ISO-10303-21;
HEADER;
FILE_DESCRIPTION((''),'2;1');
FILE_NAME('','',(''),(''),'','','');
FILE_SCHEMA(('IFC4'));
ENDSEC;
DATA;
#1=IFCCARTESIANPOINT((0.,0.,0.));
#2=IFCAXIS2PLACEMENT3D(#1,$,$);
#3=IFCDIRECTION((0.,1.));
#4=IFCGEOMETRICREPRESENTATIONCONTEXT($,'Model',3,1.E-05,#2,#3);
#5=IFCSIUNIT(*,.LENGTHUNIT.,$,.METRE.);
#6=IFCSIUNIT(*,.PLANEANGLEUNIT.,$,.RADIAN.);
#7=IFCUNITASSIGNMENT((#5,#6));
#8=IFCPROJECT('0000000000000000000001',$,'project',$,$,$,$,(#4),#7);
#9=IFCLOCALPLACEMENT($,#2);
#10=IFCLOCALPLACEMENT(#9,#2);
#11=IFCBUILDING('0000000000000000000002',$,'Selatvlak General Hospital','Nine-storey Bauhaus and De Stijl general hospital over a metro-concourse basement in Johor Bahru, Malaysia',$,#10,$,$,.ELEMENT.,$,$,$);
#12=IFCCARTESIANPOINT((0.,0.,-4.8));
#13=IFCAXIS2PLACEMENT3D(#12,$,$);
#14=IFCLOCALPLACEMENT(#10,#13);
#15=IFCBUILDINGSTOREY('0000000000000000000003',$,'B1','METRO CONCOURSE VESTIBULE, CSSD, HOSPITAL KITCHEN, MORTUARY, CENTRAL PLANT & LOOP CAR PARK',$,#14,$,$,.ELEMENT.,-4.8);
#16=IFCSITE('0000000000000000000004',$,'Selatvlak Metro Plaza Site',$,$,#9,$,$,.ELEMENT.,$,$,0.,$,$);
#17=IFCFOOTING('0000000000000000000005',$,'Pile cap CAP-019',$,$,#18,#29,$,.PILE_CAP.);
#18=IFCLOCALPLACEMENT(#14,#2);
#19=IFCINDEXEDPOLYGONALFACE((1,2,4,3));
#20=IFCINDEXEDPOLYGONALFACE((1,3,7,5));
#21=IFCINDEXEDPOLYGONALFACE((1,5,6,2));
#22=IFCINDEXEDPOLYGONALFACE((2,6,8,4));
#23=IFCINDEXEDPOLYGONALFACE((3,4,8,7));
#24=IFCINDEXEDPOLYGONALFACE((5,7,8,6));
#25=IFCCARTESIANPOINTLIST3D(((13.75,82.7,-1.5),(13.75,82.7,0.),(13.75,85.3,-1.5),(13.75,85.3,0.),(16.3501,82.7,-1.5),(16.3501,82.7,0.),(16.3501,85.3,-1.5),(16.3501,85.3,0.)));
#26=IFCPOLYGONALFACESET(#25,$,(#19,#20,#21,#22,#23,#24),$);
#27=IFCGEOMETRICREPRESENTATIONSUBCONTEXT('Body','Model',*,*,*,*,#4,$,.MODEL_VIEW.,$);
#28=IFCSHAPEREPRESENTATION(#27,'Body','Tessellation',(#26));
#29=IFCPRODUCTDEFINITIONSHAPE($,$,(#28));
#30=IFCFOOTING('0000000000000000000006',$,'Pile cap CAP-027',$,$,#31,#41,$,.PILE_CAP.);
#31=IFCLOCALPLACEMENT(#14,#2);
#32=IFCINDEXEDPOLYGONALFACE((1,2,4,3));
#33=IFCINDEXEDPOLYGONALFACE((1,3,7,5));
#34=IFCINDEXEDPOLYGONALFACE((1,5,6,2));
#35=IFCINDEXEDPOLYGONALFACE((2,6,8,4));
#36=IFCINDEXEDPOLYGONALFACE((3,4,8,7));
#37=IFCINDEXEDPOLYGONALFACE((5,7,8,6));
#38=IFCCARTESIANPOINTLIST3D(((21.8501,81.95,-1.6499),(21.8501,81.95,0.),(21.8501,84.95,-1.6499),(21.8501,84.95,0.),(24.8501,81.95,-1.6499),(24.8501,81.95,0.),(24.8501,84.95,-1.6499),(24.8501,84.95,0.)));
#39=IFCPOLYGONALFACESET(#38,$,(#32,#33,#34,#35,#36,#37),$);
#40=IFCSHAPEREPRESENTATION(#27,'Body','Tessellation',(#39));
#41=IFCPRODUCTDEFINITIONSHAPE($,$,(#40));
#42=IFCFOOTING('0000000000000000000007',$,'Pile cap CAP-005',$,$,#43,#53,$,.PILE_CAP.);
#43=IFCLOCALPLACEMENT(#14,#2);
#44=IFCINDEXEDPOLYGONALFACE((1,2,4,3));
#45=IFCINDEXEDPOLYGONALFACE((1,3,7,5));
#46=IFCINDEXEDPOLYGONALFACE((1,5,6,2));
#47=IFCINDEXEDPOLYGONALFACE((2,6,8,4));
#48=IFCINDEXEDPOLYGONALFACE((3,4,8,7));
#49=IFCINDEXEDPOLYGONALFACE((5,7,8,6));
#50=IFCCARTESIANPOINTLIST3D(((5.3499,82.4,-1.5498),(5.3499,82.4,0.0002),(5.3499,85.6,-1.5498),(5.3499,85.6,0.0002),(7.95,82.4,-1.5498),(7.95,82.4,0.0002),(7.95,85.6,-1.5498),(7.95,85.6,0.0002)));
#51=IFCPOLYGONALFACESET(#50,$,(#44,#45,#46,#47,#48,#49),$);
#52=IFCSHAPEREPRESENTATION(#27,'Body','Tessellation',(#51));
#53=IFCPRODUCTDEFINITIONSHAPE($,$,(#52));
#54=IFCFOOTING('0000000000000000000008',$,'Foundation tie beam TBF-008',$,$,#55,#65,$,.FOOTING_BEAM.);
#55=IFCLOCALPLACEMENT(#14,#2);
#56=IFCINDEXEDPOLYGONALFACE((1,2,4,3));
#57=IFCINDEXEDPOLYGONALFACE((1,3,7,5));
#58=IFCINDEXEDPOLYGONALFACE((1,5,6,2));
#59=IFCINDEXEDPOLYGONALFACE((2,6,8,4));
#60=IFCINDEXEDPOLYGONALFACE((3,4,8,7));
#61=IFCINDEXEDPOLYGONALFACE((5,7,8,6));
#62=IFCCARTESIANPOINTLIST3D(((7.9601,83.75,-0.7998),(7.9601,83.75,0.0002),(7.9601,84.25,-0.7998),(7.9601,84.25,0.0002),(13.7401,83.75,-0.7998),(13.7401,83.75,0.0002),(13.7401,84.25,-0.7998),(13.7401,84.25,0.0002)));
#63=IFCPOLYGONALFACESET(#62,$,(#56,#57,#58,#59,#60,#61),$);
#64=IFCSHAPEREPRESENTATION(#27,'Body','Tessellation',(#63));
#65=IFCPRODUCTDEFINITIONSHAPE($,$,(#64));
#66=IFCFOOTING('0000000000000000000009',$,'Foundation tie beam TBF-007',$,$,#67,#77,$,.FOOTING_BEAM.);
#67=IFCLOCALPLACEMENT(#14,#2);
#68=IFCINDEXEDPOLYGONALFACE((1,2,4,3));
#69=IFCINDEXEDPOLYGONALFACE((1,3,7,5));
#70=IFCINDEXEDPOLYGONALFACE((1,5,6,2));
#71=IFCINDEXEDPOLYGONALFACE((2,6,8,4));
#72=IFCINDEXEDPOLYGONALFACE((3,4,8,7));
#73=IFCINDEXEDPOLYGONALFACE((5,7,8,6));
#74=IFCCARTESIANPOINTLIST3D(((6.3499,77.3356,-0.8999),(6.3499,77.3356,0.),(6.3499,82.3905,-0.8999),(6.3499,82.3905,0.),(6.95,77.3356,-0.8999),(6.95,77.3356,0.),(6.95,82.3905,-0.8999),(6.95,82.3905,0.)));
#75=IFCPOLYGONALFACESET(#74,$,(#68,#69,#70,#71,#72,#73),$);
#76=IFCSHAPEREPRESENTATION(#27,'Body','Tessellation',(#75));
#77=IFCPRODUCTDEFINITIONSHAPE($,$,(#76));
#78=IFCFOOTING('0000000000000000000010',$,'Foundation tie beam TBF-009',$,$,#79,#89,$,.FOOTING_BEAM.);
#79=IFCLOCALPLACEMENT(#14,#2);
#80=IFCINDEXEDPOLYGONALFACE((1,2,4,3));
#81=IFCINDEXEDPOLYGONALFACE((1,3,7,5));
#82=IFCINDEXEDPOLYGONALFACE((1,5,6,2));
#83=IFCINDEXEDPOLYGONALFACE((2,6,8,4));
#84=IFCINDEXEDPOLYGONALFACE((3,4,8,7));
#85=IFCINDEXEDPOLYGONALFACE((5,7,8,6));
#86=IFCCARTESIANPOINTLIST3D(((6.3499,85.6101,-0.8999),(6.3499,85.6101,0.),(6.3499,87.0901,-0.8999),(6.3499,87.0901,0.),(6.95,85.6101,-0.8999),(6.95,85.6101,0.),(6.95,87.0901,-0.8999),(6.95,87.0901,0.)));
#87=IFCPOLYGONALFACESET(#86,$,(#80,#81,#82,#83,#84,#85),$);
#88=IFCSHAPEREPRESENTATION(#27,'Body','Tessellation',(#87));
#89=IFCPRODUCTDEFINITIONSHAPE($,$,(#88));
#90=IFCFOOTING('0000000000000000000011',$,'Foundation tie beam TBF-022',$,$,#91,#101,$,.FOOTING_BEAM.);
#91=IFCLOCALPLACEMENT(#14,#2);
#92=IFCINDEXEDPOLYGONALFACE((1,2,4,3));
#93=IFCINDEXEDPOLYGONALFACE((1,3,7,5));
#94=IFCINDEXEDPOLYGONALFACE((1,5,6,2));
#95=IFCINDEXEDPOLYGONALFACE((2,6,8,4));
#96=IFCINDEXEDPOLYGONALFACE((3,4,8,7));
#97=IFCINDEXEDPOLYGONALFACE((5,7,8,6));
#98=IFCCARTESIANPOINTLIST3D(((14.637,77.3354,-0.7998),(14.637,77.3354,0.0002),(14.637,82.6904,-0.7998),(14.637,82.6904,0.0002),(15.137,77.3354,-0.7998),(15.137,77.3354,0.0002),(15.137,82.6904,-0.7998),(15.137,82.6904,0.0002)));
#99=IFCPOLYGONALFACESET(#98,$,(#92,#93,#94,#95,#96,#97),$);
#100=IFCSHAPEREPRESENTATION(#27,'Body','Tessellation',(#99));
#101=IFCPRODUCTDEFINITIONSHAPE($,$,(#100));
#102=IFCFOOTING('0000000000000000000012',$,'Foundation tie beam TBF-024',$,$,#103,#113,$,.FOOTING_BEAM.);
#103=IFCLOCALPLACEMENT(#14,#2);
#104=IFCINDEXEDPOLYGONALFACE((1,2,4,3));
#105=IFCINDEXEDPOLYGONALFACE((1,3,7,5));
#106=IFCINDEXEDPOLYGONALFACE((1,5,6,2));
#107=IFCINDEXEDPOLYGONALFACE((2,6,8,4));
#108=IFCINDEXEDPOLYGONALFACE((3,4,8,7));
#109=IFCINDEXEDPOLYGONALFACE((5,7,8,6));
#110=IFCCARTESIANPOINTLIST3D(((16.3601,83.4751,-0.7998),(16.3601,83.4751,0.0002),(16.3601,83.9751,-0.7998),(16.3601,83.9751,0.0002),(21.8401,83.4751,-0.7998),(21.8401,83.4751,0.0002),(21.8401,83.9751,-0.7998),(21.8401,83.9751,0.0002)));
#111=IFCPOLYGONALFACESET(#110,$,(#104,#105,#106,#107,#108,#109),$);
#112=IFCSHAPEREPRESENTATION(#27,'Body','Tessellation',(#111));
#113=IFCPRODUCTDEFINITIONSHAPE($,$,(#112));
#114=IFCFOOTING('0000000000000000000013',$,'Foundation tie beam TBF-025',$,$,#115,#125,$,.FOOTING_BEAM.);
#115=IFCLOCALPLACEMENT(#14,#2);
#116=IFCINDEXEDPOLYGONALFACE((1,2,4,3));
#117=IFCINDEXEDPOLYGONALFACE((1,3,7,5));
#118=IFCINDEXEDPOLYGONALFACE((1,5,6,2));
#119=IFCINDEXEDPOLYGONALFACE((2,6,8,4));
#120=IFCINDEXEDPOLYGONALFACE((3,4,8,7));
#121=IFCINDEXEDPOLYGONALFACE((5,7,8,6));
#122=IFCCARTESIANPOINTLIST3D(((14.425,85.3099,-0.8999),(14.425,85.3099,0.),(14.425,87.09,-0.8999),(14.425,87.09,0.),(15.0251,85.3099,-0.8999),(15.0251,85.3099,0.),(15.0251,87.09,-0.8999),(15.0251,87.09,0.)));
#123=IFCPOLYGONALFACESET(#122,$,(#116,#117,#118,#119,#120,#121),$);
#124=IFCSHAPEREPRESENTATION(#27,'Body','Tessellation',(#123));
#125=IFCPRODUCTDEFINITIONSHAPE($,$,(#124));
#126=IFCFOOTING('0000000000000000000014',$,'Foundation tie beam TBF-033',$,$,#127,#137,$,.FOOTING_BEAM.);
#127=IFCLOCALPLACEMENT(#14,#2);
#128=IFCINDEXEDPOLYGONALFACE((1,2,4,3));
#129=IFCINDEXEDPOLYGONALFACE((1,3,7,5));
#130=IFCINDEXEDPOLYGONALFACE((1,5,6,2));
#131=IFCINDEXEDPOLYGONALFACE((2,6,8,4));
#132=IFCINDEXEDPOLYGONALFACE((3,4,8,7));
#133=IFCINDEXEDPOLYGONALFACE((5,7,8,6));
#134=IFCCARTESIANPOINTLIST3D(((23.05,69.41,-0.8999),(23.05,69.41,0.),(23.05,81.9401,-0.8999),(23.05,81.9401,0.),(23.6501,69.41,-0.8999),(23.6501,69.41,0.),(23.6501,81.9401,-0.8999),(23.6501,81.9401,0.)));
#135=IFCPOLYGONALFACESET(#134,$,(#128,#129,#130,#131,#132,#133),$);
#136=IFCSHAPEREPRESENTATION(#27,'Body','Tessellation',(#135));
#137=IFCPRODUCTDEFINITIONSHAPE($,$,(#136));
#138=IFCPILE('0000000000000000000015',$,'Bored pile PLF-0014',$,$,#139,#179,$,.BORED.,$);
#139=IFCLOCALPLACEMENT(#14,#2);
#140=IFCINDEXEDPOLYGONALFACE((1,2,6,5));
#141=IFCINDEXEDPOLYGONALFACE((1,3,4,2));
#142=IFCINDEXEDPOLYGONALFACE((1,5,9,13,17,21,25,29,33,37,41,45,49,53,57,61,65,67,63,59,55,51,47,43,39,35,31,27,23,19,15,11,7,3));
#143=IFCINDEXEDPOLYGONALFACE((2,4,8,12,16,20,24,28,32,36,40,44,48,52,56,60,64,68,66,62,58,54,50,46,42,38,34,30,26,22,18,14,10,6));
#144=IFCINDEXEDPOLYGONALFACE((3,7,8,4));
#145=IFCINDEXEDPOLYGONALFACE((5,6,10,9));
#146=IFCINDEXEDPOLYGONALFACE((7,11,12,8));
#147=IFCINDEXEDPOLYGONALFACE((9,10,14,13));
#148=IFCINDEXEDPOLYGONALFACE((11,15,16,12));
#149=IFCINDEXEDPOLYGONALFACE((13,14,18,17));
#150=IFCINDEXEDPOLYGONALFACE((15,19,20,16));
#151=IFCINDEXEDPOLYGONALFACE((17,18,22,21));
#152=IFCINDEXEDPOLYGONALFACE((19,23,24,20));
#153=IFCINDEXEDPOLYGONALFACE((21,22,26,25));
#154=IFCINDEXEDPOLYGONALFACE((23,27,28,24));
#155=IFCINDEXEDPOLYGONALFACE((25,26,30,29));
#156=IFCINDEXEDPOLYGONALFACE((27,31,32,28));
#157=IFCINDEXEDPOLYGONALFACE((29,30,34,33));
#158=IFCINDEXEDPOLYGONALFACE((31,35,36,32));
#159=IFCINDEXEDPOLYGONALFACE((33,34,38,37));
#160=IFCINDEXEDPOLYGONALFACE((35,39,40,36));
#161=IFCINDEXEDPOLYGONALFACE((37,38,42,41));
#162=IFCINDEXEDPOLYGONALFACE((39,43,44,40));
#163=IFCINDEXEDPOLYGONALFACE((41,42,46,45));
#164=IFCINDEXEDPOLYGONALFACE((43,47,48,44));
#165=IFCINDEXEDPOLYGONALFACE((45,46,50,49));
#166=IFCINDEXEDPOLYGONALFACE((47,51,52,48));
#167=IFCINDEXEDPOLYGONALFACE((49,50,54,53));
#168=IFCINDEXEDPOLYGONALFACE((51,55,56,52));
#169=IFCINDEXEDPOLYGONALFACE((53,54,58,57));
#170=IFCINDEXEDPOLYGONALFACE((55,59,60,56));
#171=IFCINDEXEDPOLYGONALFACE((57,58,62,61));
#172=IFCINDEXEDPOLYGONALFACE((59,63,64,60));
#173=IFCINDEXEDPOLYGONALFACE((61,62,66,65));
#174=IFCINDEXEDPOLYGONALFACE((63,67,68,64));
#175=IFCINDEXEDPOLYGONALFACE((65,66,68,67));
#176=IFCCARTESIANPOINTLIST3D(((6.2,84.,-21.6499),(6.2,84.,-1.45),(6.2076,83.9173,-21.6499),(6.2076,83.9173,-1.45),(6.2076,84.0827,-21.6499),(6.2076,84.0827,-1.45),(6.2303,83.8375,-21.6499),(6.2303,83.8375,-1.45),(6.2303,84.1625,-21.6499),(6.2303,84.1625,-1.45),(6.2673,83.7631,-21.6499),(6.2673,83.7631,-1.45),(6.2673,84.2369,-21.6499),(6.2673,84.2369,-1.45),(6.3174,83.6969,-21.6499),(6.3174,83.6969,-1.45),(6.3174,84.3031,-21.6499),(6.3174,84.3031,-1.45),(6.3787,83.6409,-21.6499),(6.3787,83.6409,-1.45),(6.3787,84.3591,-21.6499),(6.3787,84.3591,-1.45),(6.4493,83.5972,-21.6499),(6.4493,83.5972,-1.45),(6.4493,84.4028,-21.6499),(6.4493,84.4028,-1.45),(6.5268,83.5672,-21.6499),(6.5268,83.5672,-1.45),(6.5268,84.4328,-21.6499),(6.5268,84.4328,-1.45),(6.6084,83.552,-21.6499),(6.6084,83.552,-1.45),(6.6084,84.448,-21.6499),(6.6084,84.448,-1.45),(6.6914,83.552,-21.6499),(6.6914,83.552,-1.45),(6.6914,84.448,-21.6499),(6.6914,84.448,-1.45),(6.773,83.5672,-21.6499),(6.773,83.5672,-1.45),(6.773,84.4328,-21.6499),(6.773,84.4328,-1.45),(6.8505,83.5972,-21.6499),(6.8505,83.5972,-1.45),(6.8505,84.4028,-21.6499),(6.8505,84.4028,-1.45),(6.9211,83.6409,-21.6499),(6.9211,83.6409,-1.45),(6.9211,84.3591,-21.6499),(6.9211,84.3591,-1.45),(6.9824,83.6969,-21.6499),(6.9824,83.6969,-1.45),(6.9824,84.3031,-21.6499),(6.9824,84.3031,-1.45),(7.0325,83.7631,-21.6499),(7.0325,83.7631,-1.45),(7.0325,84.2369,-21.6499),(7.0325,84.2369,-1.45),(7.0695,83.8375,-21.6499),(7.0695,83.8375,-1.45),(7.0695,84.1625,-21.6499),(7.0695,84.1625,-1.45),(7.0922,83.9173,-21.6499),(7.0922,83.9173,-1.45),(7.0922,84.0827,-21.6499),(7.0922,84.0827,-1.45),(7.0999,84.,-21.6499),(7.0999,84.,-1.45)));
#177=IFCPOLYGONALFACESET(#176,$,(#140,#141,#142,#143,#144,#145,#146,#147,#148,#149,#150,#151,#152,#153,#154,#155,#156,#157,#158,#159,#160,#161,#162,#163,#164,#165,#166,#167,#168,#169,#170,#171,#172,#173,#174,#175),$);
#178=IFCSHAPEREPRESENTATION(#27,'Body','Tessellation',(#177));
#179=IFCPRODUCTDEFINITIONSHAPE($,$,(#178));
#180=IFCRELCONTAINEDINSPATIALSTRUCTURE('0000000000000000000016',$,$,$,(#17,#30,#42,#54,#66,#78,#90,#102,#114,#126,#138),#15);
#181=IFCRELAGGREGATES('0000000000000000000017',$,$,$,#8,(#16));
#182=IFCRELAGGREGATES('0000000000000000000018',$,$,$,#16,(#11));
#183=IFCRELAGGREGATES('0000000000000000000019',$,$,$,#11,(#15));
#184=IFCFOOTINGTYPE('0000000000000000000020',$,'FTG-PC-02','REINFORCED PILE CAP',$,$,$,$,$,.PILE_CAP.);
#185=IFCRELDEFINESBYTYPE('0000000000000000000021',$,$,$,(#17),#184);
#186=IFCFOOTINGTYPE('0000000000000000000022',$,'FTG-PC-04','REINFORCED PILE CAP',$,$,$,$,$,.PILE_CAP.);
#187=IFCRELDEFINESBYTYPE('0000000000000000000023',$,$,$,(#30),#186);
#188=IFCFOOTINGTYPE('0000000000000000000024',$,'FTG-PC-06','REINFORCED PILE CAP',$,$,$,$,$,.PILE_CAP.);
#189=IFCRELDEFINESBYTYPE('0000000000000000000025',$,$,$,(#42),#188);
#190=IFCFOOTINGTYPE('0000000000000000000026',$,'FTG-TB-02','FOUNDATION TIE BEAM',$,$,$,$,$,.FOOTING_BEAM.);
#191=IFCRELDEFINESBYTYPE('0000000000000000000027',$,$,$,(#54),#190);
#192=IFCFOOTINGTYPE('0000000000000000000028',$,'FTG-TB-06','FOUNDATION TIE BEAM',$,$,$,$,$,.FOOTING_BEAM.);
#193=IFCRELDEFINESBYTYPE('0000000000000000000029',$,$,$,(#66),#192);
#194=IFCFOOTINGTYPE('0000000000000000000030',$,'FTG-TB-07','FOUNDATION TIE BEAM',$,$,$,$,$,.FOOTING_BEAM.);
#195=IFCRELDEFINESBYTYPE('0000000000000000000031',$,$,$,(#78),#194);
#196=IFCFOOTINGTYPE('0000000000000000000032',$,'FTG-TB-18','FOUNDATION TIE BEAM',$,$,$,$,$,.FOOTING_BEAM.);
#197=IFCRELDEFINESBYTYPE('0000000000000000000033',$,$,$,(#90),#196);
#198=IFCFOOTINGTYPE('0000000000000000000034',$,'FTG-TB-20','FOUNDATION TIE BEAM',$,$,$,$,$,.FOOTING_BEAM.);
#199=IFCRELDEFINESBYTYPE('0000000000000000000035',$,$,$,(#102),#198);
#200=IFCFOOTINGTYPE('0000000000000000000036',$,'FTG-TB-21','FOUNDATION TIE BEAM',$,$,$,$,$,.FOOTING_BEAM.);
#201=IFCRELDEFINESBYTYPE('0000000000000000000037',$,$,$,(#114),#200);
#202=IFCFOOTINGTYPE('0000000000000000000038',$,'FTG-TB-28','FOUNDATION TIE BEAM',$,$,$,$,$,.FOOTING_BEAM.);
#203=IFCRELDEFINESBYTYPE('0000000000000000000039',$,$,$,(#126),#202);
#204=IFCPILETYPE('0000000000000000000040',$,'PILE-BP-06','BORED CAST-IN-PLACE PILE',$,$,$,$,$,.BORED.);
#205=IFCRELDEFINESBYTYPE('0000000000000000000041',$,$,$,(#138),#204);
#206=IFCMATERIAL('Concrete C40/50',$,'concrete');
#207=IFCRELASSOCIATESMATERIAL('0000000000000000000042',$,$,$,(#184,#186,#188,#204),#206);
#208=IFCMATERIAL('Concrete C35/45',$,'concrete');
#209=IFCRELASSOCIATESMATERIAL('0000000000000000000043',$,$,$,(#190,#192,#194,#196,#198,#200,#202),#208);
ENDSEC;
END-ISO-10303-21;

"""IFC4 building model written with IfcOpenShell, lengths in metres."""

from ifc_helpers import new_model, si_unit, direction, frame, origin, origin_2d, place, context, subcontext, project, spatial, rectangle, circle, extrude, material, material_profile, profile_set, type_object, element, save


model = new_model("IFC4")

# Units and contexts
model_context = context("Model", 3, precision=1e-05, world=origin(), true_north=direction((0.0, 1.0)))
body_context = subcontext(model_context, "Body", "Model", "MODEL_VIEW")
ifc_project = project(units=[si_unit("LENGTHUNIT", "METRE"), si_unit("PLANEANGLEUNIT", "RADIAN")], contexts=[model_context])

# Site, building, storey
site_placement = place(None, origin())
site = spatial("IfcSite", under=ifc_project, at=site_placement, Name="Selatvlak Metro Plaza Site", CompositionType="ELEMENT", RefElevation=0.0)
building_placement = place(site_placement, origin())
building = spatial("IfcBuilding", under=site, at=building_placement, Name="Selatvlak General Hospital", Description="Nine-storey Bauhaus and De Stijl general hospital over a metro-concourse basement in Johor Bahru, Malaysia", CompositionType="ELEMENT")
storey_placement = place(building_placement, frame((0.0, 0.0, -4.8)))
storey = spatial("IfcBuildingStorey", under=building, at=storey_placement, Name="B1", Description="METRO CONCOURSE VESTIBULE, CSSD, HOSPITAL KITCHEN, MORTUARY, CENTRAL PLANT & LOOP CAR PARK", CompositionType="ELEMENT", Elevation=-4.8)

# Footings
ifc_material_1 = material(Name="Concrete C40/50", Category="concrete")
footing_type_1 = type_object("IfcFootingType", Name="FTG-PC-02", Description="REINFORCED PILE CAP", PredefinedType="PILE_CAP", material=ifc_material_1)
footing_1_placement = place(storey_placement, frame((15.05, 84.0, -1.5), z_axis=(0.0, 0.0, 1.0), x_axis=(1.0, 0.0, 0.0)))
element("IfcFooting", 1, at=footing_1_placement, inside=storey, type_object=footing_type_1, Name="Pile cap CAP-019", PredefinedType="PILE_CAP", context=body_context, shape_type="SweptSolid", body=[
    extrude(rectangle(XDim=2.6001, YDim=2.6001, at=origin_2d()), origin(), (0.0, 0.0, 1.0), 1.5),
])
footing_type_2 = type_object("IfcFootingType", Name="FTG-PC-04", Description="REINFORCED PILE CAP", PredefinedType="PILE_CAP", material=ifc_material_1)
footing_2_placement = place(storey_placement, frame((23.3501, 83.45, -1.6499), z_axis=(0.0, 0.0, 1.0), x_axis=(1.0, 0.0, 0.0)))
element("IfcFooting", 2, at=footing_2_placement, inside=storey, type_object=footing_type_2, Name="Pile cap CAP-027", PredefinedType="PILE_CAP", context=body_context, shape_type="SweptSolid", body=[
    extrude(rectangle(XDim=3.0, YDim=3.0, at=origin_2d()), origin(), (0.0, 0.0, 1.0), 1.6499),
])
footing_type_3 = type_object("IfcFootingType", Name="FTG-PC-06", Description="REINFORCED PILE CAP", PredefinedType="PILE_CAP", material=ifc_material_1)
footing_3_placement = place(storey_placement, frame((6.6499, 84.0, -1.5498), z_axis=(0.0, 0.0, 1.0), x_axis=(1.0, 0.0, 0.0)))
element("IfcFooting", 3, at=footing_3_placement, inside=storey, type_object=footing_type_3, Name="Pile cap CAP-005", PredefinedType="PILE_CAP", context=body_context, shape_type="SweptSolid", body=[
    extrude(rectangle(XDim=2.6001, YDim=3.2, at=origin_2d()), origin(), (0.0, 0.0, 1.0), 1.55),
])
ifc_material_2 = material(Name="Concrete C35/45", Category="concrete")
footing_type_4 = type_object("IfcFootingType", Name="FTG-TB-02", Description="FOUNDATION TIE BEAM", PredefinedType="FOOTING_BEAM", material=ifc_material_2)
footing_4_placement = place(storey_placement, frame((10.8501, 84.0, -0.7998), z_axis=(0.0, 0.0, 1.0), x_axis=(1.0, 0.0, 0.0)))
element("IfcFooting", 4, at=footing_4_placement, inside=storey, type_object=footing_type_4, Name="Foundation tie beam TBF-008", PredefinedType="FOOTING_BEAM", context=body_context, shape_type="SweptSolid", body=[
    extrude(rectangle(XDim=5.78, YDim=0.5, at=origin_2d()), origin(), (0.0, 0.0, 1.0), 0.8),
])
footing_type_5 = type_object("IfcFootingType", Name="FTG-TB-06", Description="FOUNDATION TIE BEAM", PredefinedType="FOOTING_BEAM", material=ifc_material_2)
footing_5_placement = place(storey_placement, frame((6.6499, 79.863, -0.8999), z_axis=(0.0, 0.0, 1.0), x_axis=(0.0, 1.0, 0.0)))
element("IfcFooting", 5, at=footing_5_placement, inside=storey, type_object=footing_type_5, Name="Foundation tie beam TBF-007", PredefinedType="FOOTING_BEAM", context=body_context, shape_type="SweptSolid", body=[
    extrude(rectangle(XDim=5.0549, YDim=0.6001, at=origin_2d()), origin(), (0.0, 0.0, 1.0), 0.8999),
])
footing_type_6 = type_object("IfcFootingType", Name="FTG-TB-07", Description="FOUNDATION TIE BEAM", PredefinedType="FOOTING_BEAM", material=ifc_material_2)
footing_6_placement = place(storey_placement, frame((6.6499, 86.3501, -0.8999), z_axis=(0.0, 0.0, 1.0), x_axis=(0.0, 1.0, 0.0)))
element("IfcFooting", 6, at=footing_6_placement, inside=storey, type_object=footing_type_6, Name="Foundation tie beam TBF-009", PredefinedType="FOOTING_BEAM", context=body_context, shape_type="SweptSolid", body=[
    extrude(rectangle(XDim=1.48, YDim=0.6001, at=origin_2d()), origin(), (0.0, 0.0, 1.0), 0.8999),
])
footing_type_7 = type_object("IfcFootingType", Name="FTG-TB-18", Description="FOUNDATION TIE BEAM", PredefinedType="FOOTING_BEAM", material=ifc_material_2)
footing_7_placement = place(storey_placement, frame((14.887, 80.0129, -0.7998), z_axis=(0.0, 0.0, 1.0), x_axis=(0.0, 1.0, 0.0)))
element("IfcFooting", 7, at=footing_7_placement, inside=storey, type_object=footing_type_7, Name="Foundation tie beam TBF-022", PredefinedType="FOOTING_BEAM", context=body_context, shape_type="SweptSolid", body=[
    extrude(rectangle(XDim=5.355, YDim=0.5, at=origin_2d()), origin(), (0.0, 0.0, 1.0), 0.8),
])
footing_type_8 = type_object("IfcFootingType", Name="FTG-TB-20", Description="FOUNDATION TIE BEAM", PredefinedType="FOOTING_BEAM", material=ifc_material_2)
footing_8_placement = place(storey_placement, frame((19.1001, 83.7251, -0.7998), z_axis=(0.0, 0.0, 1.0), x_axis=(1.0, 0.0, 0.0)))
element("IfcFooting", 8, at=footing_8_placement, inside=storey, type_object=footing_type_8, Name="Foundation tie beam TBF-024", PredefinedType="FOOTING_BEAM", context=body_context, shape_type="SweptSolid", body=[
    extrude(rectangle(XDim=5.48, YDim=0.5, at=origin_2d()), origin(), (0.0, 0.0, 1.0), 0.8),
])
footing_type_9 = type_object("IfcFootingType", Name="FTG-TB-21", Description="FOUNDATION TIE BEAM", PredefinedType="FOOTING_BEAM", material=ifc_material_2)
footing_9_placement = place(storey_placement, frame((14.7251, 86.2, -0.8999), z_axis=(0.0, 0.0, 1.0), x_axis=(0.0, 1.0, 0.0)))
element("IfcFooting", 9, at=footing_9_placement, inside=storey, type_object=footing_type_9, Name="Foundation tie beam TBF-025", PredefinedType="FOOTING_BEAM", context=body_context, shape_type="SweptSolid", body=[
    extrude(rectangle(XDim=1.78, YDim=0.6001, at=origin_2d()), origin(), (0.0, 0.0, 1.0), 0.8999),
])
footing_type_10 = type_object("IfcFootingType", Name="FTG-TB-28", Description="FOUNDATION TIE BEAM", PredefinedType="FOOTING_BEAM", material=ifc_material_2)
footing_10_placement = place(storey_placement, frame((23.3501, 75.675, -0.8999), z_axis=(0.0, 0.0, 1.0), x_axis=(0.0, 1.0, 0.0)))
element("IfcFooting", 10, at=footing_10_placement, inside=storey, type_object=footing_type_10, Name="Foundation tie beam TBF-033", PredefinedType="FOOTING_BEAM", context=body_context, shape_type="SweptSolid", body=[
    extrude(rectangle(XDim=12.53, YDim=0.6001, at=origin_2d()), origin(), (0.0, 0.0, 1.0), 0.8999),
])

# Pile
ifc_material_profile_1 = material_profile(ifc_material_1, circle(Radius=0.45, at=origin_2d()), Name="BORED PILE 900")
ifc_profile_set_1 = profile_set([ifc_material_profile_1], Name="Concrete C40/50")
pile_type_1 = type_object("IfcPileType", Name="PILE-BP-06", Description="BORED CAST-IN-PLACE PILE", PredefinedType="BORED", material=ifc_profile_set_1)
pile_1_placement = place(storey_placement, frame((6.6499, 84.0, -1.45), z_axis=(0.0, 0.0, -1.0), x_axis=(1.0, 0.0, 0.0)))
element("IfcPile", 11, at=pile_1_placement, inside=storey, type_object=pile_type_1, Name="Bored pile PLF-0014", PredefinedType="BORED", context=body_context, shape_type="SweptSolid", body=[
    extrude(circle(Radius=0.45, at=origin_2d()), origin(), (0.0, 0.0, 1.0), 20.2),
])

save(model, "model.ifc")
